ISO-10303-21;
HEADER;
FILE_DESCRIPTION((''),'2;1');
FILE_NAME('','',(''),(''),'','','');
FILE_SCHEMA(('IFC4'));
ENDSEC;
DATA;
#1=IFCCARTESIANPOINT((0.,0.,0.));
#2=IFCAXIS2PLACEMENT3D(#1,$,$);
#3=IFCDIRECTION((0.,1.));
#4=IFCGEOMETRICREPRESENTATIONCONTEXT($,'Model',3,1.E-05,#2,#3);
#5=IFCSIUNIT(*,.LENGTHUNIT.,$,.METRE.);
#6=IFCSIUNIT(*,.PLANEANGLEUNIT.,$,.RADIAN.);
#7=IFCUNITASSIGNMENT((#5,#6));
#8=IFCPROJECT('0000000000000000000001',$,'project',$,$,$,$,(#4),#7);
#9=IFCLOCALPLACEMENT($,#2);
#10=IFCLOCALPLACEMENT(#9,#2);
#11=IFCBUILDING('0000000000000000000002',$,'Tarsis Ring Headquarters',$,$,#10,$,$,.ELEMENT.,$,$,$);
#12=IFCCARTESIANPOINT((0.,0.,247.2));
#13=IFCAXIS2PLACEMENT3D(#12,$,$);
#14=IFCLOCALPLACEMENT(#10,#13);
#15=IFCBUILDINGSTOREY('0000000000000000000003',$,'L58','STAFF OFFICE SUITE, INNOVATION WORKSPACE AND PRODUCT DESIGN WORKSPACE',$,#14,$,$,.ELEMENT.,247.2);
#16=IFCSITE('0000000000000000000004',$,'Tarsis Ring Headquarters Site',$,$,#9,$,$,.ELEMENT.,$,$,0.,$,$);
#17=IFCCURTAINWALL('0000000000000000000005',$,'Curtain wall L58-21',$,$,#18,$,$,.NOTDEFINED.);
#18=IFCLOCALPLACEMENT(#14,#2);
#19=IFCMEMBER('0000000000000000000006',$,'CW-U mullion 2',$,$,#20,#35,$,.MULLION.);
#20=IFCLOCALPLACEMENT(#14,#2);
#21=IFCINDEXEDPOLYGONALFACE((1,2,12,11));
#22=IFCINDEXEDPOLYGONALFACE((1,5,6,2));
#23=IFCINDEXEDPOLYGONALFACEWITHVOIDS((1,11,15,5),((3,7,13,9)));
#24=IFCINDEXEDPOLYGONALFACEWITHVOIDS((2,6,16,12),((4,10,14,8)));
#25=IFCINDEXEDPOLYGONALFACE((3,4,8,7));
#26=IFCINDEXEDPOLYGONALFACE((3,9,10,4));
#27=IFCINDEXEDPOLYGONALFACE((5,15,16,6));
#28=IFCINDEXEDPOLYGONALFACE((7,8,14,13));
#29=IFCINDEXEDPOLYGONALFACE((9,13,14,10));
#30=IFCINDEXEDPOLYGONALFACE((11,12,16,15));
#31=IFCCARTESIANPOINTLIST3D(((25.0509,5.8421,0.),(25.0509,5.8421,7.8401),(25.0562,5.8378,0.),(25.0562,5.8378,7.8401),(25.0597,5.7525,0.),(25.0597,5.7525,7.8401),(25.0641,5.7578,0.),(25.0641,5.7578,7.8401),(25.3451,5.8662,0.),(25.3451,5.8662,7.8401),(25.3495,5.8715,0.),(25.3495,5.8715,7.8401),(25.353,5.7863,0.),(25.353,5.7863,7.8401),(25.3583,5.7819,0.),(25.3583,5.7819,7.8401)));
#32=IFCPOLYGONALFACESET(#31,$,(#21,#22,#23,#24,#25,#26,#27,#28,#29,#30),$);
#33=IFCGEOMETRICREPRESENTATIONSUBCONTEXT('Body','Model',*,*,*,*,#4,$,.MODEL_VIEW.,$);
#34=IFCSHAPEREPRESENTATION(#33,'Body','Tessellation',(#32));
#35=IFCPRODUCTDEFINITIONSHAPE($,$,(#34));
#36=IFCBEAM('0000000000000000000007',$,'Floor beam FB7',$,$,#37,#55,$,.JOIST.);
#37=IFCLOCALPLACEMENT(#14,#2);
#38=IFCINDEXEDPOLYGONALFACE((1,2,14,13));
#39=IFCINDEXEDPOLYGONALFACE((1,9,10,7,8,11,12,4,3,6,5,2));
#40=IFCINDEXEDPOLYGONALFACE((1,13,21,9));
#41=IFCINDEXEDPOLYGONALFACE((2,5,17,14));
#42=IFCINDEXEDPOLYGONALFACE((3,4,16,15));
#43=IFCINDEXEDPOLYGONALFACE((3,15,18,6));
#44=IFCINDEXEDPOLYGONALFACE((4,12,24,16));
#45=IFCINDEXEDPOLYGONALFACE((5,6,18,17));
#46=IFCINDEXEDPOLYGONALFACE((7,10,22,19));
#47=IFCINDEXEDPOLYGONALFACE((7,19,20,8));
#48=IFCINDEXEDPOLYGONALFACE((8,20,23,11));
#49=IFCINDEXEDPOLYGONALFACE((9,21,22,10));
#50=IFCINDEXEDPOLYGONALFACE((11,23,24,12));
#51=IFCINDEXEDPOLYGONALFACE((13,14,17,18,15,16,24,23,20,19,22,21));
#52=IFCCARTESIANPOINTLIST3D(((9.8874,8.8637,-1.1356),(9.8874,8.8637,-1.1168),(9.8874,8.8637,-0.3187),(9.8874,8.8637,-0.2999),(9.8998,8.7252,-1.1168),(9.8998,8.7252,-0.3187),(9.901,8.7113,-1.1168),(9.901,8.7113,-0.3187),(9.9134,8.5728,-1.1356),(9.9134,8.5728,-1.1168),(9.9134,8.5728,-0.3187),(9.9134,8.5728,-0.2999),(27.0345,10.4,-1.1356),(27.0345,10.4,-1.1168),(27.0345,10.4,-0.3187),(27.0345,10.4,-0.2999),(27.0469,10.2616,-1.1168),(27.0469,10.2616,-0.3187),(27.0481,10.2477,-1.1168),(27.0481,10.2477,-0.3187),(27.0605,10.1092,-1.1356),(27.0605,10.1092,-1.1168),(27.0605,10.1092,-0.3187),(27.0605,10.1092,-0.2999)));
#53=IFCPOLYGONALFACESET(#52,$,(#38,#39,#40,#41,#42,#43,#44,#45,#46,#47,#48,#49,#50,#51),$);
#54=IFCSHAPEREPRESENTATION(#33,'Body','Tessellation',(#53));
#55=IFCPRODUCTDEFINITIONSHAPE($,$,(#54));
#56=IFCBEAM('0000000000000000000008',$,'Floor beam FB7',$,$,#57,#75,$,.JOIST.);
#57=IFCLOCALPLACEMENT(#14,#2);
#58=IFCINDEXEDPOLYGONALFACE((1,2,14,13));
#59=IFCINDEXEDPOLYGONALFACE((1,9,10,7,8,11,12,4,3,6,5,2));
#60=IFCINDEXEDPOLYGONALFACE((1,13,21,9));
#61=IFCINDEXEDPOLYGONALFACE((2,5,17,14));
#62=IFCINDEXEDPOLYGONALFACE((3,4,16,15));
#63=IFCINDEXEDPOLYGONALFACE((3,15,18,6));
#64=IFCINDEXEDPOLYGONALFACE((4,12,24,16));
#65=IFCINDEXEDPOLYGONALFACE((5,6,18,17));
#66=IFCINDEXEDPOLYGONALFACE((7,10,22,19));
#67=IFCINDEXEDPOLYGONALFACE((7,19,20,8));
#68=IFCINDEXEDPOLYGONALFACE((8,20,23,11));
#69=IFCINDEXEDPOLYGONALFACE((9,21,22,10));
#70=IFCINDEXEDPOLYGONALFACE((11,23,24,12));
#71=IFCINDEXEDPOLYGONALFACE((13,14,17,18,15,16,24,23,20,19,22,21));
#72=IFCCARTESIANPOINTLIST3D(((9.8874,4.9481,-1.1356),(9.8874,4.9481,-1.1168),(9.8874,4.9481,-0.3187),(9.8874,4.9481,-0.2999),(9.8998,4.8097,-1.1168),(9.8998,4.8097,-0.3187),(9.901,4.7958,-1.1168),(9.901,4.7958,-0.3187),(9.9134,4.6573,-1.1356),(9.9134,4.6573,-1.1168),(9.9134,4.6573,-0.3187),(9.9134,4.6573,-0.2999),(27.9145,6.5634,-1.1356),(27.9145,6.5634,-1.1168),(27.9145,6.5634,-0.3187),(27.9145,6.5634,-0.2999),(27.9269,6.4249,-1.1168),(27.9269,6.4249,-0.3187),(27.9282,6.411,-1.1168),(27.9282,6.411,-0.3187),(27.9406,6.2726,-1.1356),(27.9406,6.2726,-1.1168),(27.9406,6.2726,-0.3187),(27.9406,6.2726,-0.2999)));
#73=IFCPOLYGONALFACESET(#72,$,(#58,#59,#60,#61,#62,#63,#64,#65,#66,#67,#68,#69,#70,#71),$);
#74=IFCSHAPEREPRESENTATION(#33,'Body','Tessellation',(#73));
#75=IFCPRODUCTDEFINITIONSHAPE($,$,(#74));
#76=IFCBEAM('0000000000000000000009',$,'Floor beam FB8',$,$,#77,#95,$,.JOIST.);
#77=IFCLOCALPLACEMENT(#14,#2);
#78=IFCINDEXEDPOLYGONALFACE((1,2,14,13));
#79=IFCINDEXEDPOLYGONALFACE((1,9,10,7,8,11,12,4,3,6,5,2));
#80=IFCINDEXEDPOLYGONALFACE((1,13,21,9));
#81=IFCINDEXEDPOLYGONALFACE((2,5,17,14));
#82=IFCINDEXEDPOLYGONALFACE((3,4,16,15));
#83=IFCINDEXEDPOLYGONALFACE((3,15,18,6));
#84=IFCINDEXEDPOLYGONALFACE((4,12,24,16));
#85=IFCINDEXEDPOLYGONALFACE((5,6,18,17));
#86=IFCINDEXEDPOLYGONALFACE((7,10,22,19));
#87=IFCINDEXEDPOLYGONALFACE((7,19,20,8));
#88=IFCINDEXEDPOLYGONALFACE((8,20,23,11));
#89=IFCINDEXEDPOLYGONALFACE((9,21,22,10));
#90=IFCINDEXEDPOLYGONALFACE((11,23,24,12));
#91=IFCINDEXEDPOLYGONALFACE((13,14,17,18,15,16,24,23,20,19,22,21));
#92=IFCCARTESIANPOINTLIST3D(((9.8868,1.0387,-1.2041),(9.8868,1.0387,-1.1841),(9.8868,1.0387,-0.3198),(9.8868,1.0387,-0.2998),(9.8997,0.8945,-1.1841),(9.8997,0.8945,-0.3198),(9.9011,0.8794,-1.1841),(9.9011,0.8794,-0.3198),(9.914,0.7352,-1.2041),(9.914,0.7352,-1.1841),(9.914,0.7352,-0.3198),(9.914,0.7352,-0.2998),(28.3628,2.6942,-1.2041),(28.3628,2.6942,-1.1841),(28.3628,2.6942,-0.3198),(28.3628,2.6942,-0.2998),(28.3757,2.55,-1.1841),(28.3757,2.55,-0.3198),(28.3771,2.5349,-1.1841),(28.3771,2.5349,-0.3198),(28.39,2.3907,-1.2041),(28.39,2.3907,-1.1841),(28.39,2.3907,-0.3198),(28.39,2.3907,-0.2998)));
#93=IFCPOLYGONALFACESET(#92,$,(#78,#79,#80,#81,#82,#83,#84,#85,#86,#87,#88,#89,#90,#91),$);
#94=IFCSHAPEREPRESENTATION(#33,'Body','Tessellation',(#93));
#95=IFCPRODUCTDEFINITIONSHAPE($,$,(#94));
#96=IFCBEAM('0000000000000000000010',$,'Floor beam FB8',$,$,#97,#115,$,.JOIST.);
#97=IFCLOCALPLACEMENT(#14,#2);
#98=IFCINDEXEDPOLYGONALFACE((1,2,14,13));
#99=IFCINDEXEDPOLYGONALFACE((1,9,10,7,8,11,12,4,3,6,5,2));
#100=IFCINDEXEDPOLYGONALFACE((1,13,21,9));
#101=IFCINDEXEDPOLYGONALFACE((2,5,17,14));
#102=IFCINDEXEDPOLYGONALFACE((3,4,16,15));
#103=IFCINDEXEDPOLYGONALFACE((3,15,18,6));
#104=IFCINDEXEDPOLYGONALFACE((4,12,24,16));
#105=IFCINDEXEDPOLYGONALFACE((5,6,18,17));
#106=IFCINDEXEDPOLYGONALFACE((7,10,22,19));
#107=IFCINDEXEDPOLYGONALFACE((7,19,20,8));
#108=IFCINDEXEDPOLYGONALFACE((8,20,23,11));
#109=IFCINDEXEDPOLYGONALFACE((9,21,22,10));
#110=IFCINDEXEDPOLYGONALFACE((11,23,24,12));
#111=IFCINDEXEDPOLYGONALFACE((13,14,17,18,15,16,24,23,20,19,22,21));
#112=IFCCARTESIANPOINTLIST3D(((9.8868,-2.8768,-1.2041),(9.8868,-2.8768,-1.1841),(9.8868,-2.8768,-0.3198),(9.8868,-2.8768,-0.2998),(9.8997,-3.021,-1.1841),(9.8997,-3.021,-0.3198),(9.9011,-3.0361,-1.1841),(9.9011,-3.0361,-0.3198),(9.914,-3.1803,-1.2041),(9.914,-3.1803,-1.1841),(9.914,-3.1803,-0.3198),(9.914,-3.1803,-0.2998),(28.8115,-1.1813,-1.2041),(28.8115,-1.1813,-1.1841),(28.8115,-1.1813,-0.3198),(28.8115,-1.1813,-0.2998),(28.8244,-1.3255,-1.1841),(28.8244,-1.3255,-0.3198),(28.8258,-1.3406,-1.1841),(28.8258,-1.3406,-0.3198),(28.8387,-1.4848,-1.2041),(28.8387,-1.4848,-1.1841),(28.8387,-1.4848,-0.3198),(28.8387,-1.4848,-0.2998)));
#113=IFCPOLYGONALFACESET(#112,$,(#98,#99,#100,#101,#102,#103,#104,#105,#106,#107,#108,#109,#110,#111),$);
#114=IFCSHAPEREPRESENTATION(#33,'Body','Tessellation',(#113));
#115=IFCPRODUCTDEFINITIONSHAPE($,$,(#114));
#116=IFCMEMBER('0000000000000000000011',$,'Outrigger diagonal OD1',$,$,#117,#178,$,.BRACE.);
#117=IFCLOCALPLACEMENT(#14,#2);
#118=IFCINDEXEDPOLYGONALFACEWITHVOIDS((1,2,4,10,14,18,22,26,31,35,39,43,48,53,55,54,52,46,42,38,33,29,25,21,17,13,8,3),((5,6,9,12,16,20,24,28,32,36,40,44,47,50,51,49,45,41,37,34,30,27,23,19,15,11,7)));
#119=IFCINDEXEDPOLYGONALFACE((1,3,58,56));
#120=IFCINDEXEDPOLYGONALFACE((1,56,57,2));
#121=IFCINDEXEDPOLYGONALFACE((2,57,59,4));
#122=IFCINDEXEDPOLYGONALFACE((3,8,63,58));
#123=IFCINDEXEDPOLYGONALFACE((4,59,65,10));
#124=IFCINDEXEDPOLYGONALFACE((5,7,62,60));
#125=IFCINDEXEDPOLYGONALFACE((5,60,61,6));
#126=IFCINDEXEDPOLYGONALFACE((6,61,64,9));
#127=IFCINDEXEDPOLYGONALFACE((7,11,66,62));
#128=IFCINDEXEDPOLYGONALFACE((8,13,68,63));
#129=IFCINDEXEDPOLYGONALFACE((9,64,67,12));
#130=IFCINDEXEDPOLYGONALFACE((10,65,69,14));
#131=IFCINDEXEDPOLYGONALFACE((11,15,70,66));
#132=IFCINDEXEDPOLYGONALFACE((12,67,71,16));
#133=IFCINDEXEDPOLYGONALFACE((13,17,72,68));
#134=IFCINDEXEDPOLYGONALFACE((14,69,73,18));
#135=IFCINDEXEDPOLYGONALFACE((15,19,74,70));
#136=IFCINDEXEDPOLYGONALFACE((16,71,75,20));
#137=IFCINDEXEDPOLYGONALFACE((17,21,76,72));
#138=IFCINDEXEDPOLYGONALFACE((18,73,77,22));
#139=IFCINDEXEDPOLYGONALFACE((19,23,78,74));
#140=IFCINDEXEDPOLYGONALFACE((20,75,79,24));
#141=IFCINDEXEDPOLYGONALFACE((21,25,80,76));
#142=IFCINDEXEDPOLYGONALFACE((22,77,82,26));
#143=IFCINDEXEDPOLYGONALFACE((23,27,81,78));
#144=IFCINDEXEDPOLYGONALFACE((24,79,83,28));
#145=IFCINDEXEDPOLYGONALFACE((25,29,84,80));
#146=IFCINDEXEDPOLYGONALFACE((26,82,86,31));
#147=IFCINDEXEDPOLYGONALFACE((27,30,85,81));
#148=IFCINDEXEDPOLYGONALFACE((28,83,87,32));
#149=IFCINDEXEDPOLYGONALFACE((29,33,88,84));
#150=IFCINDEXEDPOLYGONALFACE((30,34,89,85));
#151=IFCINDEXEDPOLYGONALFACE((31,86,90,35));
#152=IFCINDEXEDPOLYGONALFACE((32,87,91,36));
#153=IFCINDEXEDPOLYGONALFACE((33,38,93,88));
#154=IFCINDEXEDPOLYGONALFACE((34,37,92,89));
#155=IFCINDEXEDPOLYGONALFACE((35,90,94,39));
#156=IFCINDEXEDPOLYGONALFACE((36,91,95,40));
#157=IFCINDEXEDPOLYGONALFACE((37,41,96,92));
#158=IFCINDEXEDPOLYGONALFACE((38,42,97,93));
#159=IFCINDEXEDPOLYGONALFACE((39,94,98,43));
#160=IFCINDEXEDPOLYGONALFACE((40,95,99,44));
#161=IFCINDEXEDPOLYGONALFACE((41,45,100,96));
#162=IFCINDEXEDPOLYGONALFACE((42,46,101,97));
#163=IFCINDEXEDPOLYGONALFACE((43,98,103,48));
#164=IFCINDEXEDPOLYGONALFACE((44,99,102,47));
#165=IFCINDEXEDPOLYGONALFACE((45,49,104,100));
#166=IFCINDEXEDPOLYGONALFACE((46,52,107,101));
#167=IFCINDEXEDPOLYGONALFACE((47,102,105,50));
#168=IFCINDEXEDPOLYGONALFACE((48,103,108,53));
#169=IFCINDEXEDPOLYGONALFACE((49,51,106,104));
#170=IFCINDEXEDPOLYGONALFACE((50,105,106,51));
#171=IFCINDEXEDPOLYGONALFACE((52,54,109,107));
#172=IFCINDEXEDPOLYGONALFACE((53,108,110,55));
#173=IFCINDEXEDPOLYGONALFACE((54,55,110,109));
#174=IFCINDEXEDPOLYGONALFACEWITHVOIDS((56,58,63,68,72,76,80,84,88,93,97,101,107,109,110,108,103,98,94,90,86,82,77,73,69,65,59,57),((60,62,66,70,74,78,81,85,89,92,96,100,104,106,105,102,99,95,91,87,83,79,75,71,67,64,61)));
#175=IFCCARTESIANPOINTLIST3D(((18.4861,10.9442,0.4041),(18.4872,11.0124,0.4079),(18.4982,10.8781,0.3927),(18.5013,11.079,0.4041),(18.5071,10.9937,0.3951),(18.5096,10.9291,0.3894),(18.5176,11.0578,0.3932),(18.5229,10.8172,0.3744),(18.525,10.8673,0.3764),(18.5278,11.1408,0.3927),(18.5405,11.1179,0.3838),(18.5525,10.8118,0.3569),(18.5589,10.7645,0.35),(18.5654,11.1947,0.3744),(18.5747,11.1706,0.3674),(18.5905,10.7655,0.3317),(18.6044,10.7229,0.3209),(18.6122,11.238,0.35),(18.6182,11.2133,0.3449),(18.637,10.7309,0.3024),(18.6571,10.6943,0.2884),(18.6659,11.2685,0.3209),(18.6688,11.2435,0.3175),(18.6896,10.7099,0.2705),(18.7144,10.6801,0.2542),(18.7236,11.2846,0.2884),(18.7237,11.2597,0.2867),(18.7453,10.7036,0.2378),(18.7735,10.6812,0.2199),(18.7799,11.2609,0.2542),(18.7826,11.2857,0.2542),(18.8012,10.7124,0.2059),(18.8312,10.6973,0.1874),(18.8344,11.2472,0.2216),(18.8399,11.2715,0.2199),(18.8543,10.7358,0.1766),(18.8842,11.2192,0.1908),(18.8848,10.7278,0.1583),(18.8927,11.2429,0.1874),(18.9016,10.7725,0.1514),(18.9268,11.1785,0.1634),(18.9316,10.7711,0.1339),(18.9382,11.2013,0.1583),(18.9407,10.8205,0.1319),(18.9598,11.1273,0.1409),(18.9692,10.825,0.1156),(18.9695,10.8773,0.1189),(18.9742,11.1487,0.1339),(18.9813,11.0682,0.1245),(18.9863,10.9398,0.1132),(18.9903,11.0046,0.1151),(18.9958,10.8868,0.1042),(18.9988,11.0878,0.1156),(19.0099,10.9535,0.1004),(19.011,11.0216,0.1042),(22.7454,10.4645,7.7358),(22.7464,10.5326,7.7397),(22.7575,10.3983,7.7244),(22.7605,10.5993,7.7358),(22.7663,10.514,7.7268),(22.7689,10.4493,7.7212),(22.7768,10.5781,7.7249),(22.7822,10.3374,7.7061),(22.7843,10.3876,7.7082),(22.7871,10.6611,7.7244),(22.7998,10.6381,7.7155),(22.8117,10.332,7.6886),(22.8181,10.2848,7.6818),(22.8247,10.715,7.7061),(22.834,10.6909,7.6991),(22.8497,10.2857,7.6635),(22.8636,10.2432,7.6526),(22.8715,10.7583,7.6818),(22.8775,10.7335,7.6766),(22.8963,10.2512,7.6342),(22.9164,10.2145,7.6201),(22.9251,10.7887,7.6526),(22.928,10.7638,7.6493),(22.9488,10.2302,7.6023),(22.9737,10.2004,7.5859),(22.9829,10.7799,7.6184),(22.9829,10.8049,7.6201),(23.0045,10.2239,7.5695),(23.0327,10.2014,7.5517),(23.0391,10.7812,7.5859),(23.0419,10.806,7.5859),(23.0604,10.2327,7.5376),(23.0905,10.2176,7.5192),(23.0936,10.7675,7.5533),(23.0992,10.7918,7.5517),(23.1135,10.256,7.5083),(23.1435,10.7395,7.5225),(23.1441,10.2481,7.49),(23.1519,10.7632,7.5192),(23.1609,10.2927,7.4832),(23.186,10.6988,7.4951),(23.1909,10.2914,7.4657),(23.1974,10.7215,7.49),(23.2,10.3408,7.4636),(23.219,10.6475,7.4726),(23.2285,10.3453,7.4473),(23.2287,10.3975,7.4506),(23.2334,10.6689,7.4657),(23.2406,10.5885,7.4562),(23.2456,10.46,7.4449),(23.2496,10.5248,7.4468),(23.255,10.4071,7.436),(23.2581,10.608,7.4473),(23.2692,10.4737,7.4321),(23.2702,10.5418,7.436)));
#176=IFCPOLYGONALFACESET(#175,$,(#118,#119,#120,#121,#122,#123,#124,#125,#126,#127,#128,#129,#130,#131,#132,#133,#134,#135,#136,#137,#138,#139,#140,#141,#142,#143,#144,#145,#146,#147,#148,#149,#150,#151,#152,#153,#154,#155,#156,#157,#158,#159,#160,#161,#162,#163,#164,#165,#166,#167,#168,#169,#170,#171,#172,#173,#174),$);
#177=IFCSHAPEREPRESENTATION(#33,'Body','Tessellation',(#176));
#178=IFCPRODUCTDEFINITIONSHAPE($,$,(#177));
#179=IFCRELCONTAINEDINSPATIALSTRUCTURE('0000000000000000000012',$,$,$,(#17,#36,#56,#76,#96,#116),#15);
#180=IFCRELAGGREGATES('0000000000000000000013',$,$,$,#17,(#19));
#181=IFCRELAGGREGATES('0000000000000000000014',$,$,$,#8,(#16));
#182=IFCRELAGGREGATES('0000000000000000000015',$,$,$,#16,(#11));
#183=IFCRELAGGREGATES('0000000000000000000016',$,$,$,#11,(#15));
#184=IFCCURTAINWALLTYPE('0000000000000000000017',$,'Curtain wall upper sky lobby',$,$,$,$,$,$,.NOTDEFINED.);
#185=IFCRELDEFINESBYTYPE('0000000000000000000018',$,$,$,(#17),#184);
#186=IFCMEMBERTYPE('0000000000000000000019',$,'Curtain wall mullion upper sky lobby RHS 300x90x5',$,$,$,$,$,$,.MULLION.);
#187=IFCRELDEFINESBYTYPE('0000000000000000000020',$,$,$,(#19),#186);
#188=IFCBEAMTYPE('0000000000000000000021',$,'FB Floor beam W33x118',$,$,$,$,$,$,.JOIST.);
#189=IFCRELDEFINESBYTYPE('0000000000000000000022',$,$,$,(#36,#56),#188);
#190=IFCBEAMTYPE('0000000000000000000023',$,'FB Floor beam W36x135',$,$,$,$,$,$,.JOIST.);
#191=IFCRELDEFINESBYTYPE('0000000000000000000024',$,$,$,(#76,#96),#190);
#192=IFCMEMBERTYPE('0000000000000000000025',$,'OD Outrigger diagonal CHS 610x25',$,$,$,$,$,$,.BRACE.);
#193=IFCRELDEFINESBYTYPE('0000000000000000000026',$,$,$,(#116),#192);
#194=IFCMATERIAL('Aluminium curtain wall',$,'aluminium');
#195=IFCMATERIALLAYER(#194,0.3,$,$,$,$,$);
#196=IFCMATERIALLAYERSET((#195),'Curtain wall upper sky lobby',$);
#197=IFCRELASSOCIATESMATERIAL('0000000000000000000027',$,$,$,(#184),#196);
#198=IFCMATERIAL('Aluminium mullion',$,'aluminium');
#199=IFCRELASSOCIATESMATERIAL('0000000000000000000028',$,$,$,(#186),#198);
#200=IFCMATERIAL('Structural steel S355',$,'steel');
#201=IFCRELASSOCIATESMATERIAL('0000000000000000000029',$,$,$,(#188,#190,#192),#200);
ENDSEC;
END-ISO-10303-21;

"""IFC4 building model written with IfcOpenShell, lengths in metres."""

from ifc_helpers import new_model, si_unit, direction, frame, origin, origin_2d, place, context, subcontext, project, spatial, hollow_rectangle, hollow_circle, i_section, extrude, material, layer, layer_set, material_profile, profile_set, type_object, element, aggregate, save


model = new_model("IFC4")

# Units and contexts
model_context = context("Model", 3, precision=1e-05, world=origin(), true_north=direction((0.0, 1.0)))
body_context = subcontext(model_context, "Body", "Model", "MODEL_VIEW")
ifc_project = project(units=[si_unit("LENGTHUNIT", "METRE"), si_unit("PLANEANGLEUNIT", "RADIAN")], contexts=[model_context])

# Site, building, storey
site_placement = place(None, origin())
site = spatial("IfcSite", under=ifc_project, at=site_placement, Name="Tarsis Ring Headquarters Site", CompositionType="ELEMENT", RefElevation=0.0)
building_placement = place(site_placement, origin())
building = spatial("IfcBuilding", under=site, at=building_placement, Name="Tarsis Ring Headquarters", CompositionType="ELEMENT")
storey_placement = place(building_placement, frame((0.0, 0.0, 247.2)))
storey = spatial("IfcBuildingStorey", under=building, at=storey_placement, Name="L58", Description="STAFF OFFICE SUITE, INNOVATION WORKSPACE AND PRODUCT DESIGN WORKSPACE", CompositionType="ELEMENT", Elevation=247.2)

# Curtain wall, member
ifc_material_1 = material(Name="Aluminium curtain wall", Category="aluminium")
ifc_layer_1 = layer(ifc_material_1, 0.3)
ifc_layer_set_1 = layer_set([ifc_layer_1], Name="Curtain wall upper sky lobby")
curtain_wall_type = type_object("IfcCurtainWallType", Name="Curtain wall upper sky lobby", PredefinedType="NOTDEFINED", material=ifc_layer_set_1)
curtain_wall_placement = place(storey_placement, origin())
curtain_wall = element("IfcCurtainWall", 1, at=curtain_wall_placement, inside=storey, type_object=curtain_wall_type, Name="Curtain wall L58-21", PredefinedType="NOTDEFINED")
ifc_material_2 = material(Name="Aluminium mullion", Category="aluminium")
ifc_material_profile_1 = material_profile(ifc_material_2, hollow_rectangle(XDim=0.3, YDim=0.0901, WallThickness=0.0049, at=origin_2d()), Name="RHS 300x90x5")
ifc_profile_set_1 = profile_set([ifc_material_profile_1], Name="Aluminium mullion")
member_type_1 = type_object("IfcMemberType", Name="Curtain wall mullion upper sky lobby RHS 300x90x5", PredefinedType="MULLION", material=ifc_profile_set_1)
member_1_placement = place(storey_placement, frame((25.2046, 5.812, 0.0), z_axis=(0.0, 0.0, 1.0), x_axis=(-0.995193, -0.09793, 0.0)))
member_1 = element("IfcMember", 2, at=member_1_placement, type_object=member_type_1, Name="CW-U mullion 2", PredefinedType="MULLION", context=body_context, shape_type="SweptSolid", body=[
    extrude(hollow_rectangle(XDim=0.3, YDim=0.0901, WallThickness=0.0049, at=origin_2d()), origin(), (0.0, 0.0, 1.0), 7.8401),
])
aggregate(curtain_wall, [member_1])

# Beams
ifc_material_3 = material(Name="Structural steel S355", Category="steel")
ifc_material_profile_2 = material_profile(ifc_material_3, i_section(OverallWidth=0.292, OverallDepth=0.8357, WebThickness=0.0139, FlangeThickness=0.0188, at=origin_2d()), Name="W33x118")
ifc_profile_set_2 = profile_set([ifc_material_profile_2], Name="Structural steel S355")
beam_type_1 = type_object("IfcBeamType", Name="FB Floor beam W33x118", PredefinedType="JOIST", material=ifc_profile_set_2)
beam_1_placement = place(storey_placement, frame((9.9004, 8.7183, -0.7178), z_axis=(0.99601, 0.089242, 0.0), x_axis=(-0.089242, 0.99601, 0.0)))
element("IfcBeam", 3, at=beam_1_placement, inside=storey, type_object=beam_type_1, Name="Floor beam FB7", PredefinedType="JOIST", context=body_context, shape_type="SweptSolid", body=[
    extrude(i_section(OverallWidth=0.292, OverallDepth=0.8357, WebThickness=0.0139, FlangeThickness=0.0188, at=origin_2d()), origin(), (0.0, 0.0, 1.0), 17.2158),
])
beam_2_placement = place(storey_placement, frame((9.9004, 4.8027, -0.7178), z_axis=(0.99601, 0.089243, 0.0), x_axis=(-0.089243, 0.99601, 0.0)))
element("IfcBeam", 4, at=beam_2_placement, inside=storey, type_object=beam_type_1, Name="Floor beam FB7", PredefinedType="JOIST", context=body_context, shape_type="SweptSolid", body=[
    extrude(i_section(OverallWidth=0.292, OverallDepth=0.8357, WebThickness=0.0139, FlangeThickness=0.0188, at=origin_2d()), origin(), (0.0, 0.0, 1.0), 18.0994),
])
ifc_material_profile_3 = material_profile(ifc_material_3, i_section(OverallWidth=0.3047, OverallDepth=0.9043, WebThickness=0.0151, FlangeThickness=0.02, at=origin_2d()), Name="W36x135")
ifc_profile_set_3 = profile_set([ifc_material_profile_3], Name="Structural steel S355")
beam_type_2 = type_object("IfcBeamType", Name="FB Floor beam W36x135", PredefinedType="JOIST", material=ifc_profile_set_3)
beam_3_placement = place(storey_placement, frame((9.9004, 0.887, -0.752), z_axis=(0.99601, 0.089246, 0.0), x_axis=(-0.089246, 0.99601, 0.0)))
element("IfcBeam", 5, at=beam_3_placement, inside=storey, type_object=beam_type_2, Name="Floor beam FB8", PredefinedType="JOIST", context=body_context, shape_type="SweptSolid", body=[
    extrude(i_section(OverallWidth=0.3047, OverallDepth=0.9043, WebThickness=0.0151, FlangeThickness=0.02, at=origin_2d()), origin(), (0.0, 0.0, 1.0), 18.55),
])
beam_4_placement = place(storey_placement, frame((9.9004, -3.0286, -0.752), z_axis=(0.99601, 0.089237, 0.0), x_axis=(-0.089237, 0.99601, 0.0)))
element("IfcBeam", 6, at=beam_4_placement, inside=storey, type_object=beam_type_2, Name="Floor beam FB8", PredefinedType="JOIST", context=body_context, shape_type="SweptSolid", body=[
    extrude(i_section(OverallWidth=0.3047, OverallDepth=0.9043, WebThickness=0.0151, FlangeThickness=0.02, at=origin_2d()), origin(), (0.0, 0.0, 1.0), 19.0005),
])

# Member
ifc_material_profile_4 = material_profile(ifc_material_3, hollow_circle(Radius=0.3047, WallThickness=0.0249, at=origin_2d()), Name="CHS 610x25")
ifc_profile_set_4 = profile_set([ifc_material_profile_4], Name="Structural steel S355")
member_type_2 = type_object("IfcMemberType", Name="OD Outrigger diagonal CHS 610x25", PredefinedType="BRACE", material=ifc_profile_set_4)
member_2_placement = place(storey_placement, frame((18.7485, 10.9829, 0.2542), z_axis=(0.50152, -0.056488, 0.8633), x_axis=(0.111926, 0.993717, 0.0)))
element("IfcMember", 7, at=member_2_placement, inside=storey, type_object=member_type_2, Name="Outrigger diagonal OD1", PredefinedType="BRACE", context=body_context, shape_type="SweptSolid", body=[
    extrude(hollow_circle(Radius=0.3047, WallThickness=0.0249, at=origin_2d()), origin(), (0.0, 0.0, 1.0), 8.4927),
])

save(model, "model.ifc")
